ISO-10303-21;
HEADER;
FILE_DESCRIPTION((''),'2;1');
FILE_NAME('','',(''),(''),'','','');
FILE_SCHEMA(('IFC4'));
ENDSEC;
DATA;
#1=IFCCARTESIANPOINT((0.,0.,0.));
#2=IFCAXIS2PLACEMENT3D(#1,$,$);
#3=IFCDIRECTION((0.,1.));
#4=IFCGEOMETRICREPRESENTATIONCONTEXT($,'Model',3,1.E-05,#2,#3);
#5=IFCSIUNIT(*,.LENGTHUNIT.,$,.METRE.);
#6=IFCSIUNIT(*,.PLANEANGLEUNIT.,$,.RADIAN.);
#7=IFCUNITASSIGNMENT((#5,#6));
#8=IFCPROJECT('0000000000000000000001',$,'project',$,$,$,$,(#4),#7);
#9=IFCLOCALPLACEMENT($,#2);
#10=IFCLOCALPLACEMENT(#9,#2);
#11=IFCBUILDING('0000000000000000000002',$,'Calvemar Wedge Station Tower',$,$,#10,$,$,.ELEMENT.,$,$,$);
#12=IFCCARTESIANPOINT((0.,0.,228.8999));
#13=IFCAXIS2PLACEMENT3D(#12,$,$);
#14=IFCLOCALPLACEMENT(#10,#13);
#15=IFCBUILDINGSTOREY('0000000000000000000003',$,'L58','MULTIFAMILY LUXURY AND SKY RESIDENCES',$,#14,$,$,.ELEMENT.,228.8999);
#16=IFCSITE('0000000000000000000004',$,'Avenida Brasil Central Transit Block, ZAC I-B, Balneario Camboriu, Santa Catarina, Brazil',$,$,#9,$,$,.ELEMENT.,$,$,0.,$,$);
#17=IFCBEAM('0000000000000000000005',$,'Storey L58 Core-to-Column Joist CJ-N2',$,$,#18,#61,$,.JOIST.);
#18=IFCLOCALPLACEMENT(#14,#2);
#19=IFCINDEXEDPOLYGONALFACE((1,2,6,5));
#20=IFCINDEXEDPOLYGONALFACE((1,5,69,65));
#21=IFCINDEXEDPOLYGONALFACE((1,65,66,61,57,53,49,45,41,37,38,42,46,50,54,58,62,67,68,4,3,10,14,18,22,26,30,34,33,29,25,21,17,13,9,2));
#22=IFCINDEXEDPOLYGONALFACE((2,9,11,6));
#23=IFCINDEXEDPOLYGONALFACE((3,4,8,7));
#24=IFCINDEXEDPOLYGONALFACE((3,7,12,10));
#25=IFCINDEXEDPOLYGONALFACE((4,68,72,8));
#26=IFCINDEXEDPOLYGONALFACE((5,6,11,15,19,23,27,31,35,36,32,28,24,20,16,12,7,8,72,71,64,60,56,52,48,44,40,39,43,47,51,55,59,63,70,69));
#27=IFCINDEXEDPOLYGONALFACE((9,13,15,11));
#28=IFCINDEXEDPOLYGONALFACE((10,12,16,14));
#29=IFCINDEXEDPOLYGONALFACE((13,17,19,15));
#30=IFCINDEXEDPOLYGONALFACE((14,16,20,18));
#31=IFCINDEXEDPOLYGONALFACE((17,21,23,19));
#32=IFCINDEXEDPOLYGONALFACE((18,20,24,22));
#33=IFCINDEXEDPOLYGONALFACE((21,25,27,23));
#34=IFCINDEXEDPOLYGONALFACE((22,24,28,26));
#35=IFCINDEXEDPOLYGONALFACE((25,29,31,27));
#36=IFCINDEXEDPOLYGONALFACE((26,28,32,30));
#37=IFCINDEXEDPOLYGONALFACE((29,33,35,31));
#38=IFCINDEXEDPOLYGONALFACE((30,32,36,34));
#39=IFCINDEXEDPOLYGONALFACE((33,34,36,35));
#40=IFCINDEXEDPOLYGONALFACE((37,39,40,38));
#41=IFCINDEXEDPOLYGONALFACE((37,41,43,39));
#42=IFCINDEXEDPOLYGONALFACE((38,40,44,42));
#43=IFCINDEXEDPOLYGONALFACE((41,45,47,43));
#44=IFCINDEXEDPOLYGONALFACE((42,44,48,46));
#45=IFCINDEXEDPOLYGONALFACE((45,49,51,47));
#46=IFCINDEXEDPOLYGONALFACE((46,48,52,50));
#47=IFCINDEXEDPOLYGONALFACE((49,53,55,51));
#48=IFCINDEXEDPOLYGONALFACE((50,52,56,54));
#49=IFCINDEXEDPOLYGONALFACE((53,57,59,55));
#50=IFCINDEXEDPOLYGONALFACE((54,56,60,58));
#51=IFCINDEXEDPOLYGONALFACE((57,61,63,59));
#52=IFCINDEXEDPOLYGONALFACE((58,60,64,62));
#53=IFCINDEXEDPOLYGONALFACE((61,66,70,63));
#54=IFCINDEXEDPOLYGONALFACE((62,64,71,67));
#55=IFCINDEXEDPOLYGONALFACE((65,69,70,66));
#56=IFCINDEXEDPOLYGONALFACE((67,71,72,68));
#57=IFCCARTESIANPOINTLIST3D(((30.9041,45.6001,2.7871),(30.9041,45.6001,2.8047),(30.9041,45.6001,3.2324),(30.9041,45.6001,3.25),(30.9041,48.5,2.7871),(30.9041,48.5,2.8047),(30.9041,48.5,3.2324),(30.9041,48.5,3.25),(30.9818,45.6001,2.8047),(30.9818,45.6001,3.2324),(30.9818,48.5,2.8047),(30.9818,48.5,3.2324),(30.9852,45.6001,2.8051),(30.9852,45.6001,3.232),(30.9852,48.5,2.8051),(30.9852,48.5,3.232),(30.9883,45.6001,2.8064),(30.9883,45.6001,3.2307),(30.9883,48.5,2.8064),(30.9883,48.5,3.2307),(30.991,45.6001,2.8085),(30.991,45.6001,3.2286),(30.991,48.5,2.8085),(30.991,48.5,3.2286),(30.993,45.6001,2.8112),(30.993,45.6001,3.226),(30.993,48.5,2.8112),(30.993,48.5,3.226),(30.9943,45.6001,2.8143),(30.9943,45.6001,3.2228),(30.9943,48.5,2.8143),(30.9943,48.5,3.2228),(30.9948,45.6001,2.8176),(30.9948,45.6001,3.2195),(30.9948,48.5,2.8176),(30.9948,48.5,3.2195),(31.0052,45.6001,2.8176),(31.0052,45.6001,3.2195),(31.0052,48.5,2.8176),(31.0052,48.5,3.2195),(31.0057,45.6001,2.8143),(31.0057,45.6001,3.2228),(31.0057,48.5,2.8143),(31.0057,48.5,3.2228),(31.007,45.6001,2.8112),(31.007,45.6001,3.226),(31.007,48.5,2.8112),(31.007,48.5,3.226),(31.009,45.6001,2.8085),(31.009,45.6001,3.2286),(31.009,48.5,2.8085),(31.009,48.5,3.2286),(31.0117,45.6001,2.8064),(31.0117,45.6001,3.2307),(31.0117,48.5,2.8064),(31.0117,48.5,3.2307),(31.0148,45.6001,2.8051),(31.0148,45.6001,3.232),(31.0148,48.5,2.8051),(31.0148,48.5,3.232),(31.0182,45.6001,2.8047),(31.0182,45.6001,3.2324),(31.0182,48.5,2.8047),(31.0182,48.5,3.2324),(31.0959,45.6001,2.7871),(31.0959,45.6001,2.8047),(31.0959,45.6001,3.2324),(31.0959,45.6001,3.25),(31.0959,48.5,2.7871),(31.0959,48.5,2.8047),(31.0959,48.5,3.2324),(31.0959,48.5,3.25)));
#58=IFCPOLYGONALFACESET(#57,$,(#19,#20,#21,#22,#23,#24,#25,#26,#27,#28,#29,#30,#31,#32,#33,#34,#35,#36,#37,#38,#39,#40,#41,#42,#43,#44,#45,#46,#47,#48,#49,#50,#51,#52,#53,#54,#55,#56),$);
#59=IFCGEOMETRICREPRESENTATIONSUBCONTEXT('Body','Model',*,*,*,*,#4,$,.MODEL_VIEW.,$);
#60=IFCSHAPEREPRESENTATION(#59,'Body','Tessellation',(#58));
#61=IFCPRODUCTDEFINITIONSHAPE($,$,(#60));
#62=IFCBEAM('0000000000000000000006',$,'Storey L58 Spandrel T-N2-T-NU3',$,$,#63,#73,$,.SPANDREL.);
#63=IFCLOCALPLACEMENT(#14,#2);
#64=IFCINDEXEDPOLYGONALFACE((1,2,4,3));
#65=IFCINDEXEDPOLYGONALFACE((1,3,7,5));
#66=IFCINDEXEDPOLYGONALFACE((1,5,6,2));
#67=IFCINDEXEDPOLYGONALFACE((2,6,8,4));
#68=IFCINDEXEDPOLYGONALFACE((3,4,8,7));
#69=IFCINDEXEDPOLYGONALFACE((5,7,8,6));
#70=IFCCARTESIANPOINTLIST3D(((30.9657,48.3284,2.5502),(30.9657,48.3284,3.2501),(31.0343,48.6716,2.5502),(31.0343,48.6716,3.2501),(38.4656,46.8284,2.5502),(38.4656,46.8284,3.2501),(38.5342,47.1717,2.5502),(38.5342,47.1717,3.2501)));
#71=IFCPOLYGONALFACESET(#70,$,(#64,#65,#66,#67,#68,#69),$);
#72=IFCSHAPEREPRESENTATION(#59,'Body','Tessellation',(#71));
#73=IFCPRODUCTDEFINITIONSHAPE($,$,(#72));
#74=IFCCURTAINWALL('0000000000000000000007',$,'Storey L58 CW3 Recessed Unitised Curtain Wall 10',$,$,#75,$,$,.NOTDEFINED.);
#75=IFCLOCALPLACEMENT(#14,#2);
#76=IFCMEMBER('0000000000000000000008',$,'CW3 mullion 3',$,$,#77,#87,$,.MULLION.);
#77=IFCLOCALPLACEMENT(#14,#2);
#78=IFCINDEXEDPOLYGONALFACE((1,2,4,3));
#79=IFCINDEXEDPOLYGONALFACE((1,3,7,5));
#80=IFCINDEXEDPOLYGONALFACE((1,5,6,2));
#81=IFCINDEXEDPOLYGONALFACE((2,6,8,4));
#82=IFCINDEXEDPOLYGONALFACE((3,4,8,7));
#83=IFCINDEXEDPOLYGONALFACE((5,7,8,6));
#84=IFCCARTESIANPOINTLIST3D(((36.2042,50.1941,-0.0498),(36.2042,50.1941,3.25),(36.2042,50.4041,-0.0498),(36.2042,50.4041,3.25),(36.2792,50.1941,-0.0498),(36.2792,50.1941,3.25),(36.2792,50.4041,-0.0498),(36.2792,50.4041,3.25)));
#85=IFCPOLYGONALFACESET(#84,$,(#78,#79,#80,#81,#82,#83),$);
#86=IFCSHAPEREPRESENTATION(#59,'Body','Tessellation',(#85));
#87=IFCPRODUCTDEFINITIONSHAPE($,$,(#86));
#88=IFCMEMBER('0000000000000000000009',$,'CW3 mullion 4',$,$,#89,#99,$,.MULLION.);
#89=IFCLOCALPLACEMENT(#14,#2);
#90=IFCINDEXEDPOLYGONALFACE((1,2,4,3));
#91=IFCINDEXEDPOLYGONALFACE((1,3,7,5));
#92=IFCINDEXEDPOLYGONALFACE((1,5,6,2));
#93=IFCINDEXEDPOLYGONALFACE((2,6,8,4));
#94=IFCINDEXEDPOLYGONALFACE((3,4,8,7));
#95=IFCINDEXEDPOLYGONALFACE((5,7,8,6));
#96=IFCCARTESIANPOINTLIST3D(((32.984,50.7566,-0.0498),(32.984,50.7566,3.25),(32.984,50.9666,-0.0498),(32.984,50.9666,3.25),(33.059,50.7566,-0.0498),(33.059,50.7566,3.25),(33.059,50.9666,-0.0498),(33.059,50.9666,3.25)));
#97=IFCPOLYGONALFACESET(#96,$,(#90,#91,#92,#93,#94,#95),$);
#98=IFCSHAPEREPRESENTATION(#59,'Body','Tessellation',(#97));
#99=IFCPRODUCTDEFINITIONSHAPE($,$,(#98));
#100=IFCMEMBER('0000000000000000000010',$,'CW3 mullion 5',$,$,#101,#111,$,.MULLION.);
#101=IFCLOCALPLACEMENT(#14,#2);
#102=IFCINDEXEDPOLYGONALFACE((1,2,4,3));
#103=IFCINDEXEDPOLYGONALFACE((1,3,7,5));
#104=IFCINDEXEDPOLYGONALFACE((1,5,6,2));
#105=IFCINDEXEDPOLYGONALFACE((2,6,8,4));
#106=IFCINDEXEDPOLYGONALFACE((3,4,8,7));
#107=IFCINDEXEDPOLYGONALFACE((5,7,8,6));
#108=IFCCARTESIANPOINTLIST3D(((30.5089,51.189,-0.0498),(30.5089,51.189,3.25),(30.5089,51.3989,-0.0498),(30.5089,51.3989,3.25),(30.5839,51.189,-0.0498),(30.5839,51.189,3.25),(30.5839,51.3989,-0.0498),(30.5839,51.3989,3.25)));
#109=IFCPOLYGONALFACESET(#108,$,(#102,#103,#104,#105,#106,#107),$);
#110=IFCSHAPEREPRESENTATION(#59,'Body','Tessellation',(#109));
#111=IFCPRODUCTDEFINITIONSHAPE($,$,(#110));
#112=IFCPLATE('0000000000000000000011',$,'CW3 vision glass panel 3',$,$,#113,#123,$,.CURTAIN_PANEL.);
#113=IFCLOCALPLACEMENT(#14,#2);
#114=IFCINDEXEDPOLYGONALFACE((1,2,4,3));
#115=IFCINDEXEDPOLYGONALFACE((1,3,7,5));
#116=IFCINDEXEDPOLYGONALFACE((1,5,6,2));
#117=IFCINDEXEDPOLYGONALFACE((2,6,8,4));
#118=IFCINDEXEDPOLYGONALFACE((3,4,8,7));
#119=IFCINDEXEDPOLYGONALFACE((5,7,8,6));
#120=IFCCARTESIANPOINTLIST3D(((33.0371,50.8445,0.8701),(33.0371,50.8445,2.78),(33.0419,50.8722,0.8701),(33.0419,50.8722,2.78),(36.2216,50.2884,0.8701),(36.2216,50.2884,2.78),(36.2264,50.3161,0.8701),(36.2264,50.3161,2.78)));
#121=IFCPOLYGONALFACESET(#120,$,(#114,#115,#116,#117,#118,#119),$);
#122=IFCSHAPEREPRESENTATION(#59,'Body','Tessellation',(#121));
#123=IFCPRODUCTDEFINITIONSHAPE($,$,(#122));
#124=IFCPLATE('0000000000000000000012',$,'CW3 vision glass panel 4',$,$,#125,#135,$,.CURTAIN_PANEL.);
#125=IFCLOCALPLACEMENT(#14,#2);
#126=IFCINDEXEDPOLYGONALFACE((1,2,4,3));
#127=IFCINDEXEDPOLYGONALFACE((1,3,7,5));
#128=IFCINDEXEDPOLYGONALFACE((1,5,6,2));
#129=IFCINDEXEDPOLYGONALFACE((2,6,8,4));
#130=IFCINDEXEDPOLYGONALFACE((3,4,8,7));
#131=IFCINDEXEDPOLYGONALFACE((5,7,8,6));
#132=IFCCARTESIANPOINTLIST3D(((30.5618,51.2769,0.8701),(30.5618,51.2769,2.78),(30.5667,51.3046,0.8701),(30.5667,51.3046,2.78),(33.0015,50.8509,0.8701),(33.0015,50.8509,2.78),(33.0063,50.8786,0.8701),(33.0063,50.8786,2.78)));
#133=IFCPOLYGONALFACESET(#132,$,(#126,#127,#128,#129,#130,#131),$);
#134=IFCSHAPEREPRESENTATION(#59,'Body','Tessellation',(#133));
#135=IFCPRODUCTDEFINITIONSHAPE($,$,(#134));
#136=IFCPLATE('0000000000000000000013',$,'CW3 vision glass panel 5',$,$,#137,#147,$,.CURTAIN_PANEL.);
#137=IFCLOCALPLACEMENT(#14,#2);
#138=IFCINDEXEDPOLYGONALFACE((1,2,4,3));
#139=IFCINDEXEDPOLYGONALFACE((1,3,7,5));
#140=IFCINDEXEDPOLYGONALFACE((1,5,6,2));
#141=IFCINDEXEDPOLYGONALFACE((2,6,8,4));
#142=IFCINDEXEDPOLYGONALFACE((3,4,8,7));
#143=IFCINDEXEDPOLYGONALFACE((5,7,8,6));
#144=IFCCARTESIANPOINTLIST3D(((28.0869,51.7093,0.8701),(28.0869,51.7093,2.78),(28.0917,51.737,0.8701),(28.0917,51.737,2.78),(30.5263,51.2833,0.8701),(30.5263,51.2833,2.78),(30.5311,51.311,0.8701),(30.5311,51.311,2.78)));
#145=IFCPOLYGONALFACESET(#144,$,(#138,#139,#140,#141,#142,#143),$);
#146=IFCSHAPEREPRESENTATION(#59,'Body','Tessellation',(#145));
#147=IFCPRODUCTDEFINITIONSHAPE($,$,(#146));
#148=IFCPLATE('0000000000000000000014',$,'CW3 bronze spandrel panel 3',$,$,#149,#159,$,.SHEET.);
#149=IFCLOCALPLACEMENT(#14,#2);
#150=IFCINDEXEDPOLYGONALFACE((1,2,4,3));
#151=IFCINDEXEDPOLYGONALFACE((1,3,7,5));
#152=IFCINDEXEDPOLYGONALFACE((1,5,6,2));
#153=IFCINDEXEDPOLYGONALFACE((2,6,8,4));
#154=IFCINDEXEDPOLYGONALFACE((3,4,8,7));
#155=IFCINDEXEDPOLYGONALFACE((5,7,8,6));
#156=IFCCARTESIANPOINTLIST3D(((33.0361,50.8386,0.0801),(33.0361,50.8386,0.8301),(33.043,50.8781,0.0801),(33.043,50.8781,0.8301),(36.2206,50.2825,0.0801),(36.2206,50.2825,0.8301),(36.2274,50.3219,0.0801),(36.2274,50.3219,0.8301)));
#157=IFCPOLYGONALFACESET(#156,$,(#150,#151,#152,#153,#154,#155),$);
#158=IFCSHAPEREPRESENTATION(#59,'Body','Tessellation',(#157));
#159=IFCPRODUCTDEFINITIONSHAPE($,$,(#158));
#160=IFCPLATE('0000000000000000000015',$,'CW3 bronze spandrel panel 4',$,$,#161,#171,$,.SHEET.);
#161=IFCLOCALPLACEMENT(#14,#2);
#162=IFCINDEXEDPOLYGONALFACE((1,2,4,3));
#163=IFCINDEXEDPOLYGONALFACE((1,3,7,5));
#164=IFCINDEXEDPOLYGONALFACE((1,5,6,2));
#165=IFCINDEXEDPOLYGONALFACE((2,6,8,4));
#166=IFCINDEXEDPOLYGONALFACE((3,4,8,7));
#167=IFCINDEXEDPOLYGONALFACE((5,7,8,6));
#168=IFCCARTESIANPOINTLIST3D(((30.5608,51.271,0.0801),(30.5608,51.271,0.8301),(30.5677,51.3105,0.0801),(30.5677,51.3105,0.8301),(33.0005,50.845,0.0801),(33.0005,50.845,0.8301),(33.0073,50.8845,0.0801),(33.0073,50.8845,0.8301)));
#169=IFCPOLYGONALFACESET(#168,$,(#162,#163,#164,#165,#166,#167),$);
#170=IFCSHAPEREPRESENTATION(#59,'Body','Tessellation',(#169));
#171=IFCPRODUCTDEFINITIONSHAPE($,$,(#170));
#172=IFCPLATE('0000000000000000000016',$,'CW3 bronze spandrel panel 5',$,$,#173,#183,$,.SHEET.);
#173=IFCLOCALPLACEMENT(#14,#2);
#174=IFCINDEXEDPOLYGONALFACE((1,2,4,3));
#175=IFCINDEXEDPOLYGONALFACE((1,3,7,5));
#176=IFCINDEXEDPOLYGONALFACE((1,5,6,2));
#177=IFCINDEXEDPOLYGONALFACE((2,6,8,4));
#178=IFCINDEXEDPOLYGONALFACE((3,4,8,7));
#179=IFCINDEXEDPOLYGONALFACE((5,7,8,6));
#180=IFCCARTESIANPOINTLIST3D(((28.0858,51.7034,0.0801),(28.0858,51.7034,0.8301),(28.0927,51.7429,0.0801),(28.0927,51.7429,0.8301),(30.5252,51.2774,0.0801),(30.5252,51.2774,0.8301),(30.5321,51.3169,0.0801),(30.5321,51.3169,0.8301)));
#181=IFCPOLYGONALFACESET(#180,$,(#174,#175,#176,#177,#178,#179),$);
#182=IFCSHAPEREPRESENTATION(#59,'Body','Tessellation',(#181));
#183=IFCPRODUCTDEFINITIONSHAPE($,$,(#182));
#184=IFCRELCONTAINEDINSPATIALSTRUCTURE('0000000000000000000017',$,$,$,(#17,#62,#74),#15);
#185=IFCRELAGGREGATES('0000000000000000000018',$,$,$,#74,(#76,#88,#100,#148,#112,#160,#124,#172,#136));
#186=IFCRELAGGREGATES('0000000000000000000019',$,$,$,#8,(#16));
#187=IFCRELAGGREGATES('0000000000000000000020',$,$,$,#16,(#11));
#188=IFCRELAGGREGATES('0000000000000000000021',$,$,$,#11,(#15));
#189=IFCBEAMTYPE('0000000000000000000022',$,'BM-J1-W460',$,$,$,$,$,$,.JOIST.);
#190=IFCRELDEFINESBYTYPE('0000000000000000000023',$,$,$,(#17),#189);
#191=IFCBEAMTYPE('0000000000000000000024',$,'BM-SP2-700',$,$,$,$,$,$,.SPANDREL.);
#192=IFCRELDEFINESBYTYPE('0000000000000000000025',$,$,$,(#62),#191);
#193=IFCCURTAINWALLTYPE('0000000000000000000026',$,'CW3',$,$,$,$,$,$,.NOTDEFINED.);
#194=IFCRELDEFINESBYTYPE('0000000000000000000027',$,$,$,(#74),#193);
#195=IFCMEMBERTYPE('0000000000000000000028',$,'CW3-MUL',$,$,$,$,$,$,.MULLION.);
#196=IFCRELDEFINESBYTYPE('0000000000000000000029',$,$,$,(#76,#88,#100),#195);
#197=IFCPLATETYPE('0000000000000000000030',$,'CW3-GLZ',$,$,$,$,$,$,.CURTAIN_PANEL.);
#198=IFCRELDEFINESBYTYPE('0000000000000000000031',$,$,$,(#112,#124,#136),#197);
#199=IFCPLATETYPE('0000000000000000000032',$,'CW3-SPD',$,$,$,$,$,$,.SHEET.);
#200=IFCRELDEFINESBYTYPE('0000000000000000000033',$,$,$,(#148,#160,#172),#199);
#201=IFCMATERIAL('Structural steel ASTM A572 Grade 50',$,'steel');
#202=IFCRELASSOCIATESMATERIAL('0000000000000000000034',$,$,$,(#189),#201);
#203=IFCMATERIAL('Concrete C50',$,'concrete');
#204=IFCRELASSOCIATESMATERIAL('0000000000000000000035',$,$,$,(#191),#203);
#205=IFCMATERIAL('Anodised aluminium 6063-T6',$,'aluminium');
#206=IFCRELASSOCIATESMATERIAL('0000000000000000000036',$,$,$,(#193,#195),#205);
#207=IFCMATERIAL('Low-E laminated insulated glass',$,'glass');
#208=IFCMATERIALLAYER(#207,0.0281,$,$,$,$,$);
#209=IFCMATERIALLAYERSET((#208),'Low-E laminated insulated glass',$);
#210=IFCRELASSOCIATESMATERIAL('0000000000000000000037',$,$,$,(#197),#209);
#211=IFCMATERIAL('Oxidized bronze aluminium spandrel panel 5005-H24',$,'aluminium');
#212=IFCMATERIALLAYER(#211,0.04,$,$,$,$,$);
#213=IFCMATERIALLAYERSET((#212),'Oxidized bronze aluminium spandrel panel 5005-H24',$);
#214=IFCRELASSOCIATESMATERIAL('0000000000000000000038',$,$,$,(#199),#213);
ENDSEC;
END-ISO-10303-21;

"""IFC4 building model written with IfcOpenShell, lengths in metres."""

from ifc_helpers import new_model, si_unit, direction, frame, frame_2d, origin, origin_2d, place, context, subcontext, project, spatial, rectangle, i_section, extrude, source, transform, mapped, material, layer, layer_set, material_profile, profile_set, type_object, element, aggregate, save


model = new_model("IFC4")

# Units and contexts
model_context = context("Model", 3, precision=1e-05, world=origin(), true_north=direction((0.0, 1.0)))
body_context = subcontext(model_context, "Body", "Model", "MODEL_VIEW")
ifc_project = project(units=[si_unit("LENGTHUNIT", "METRE"), si_unit("PLANEANGLEUNIT", "RADIAN")], contexts=[model_context])

# Site, building, storey
site_placement = place(None, origin())
site = spatial("IfcSite", under=ifc_project, at=site_placement, Name="Avenida Brasil Central Transit Block, ZAC I-B, Balneario Camboriu, Santa Catarina, Brazil", CompositionType="ELEMENT", RefElevation=0.0)
building_placement = place(site_placement, origin())
building = spatial("IfcBuilding", under=site, at=building_placement, Name="Calvemar Wedge Station Tower", CompositionType="ELEMENT")
storey_placement = place(building_placement, frame((0.0, 0.0, 228.8999)))
storey = spatial("IfcBuildingStorey", under=building, at=storey_placement, Name="L58", Description="MULTIFAMILY LUXURY AND SKY RESIDENCES", CompositionType="ELEMENT", Elevation=228.8999)

# Shared definitions
ifc_material_1 = material(Name="Concrete C50", Category="concrete")
ifc_material_2 = material(Name="Structural steel ASTM A572 Grade 50", Category="steel")

# Beams
ifc_material_profile_1 = material_profile(ifc_material_2, i_section(OverallWidth=0.1919, OverallDepth=0.4629, WebThickness=0.0105, FlangeThickness=0.0176, FilletRadius=0.0129, at=origin_2d()), Name="W460x89")
ifc_profile_set_1 = profile_set([ifc_material_profile_1], Name="Structural steel ASTM A572 Grade 50")
beam_type_1 = type_object("IfcBeamType", Name="BM-J1-W460", PredefinedType="JOIST", material=ifc_profile_set_1)
shared_shape_1 = source(origin(), body_context, "Body", "SweptSolid", [
    extrude(i_section(OverallWidth=0.1919, OverallDepth=0.4629, WebThickness=0.0105, FlangeThickness=0.0176, FilletRadius=0.0129, at=origin_2d()), origin(), (0.0, 0.0, 1.0), 2.8999),
])
beam_1_placement = place(storey_placement, frame((31.0, 45.6001, 3.0186), z_axis=(0.0, 1.0, 0.0), x_axis=(-1.0, 0.0, 0.0)))
element("IfcBeam", 1, at=beam_1_placement, inside=storey, type_object=beam_type_1, Name="Storey L58 Core-to-Column Joist CJ-N2", PredefinedType="JOIST", context=body_context, shape_type="MappedRepresentation", body=[
    mapped(shared_shape_1, transform((0.0, 0.0, 0.0), scale=1.0)),
])
ifc_material_profile_2 = material_profile(ifc_material_1, rectangle(XDim=0.3501, YDim=0.7, at=origin_2d()), Name="RC350x700")
ifc_profile_set_2 = profile_set([ifc_material_profile_2], Name="Concrete C50")
beam_type_2 = type_object("IfcBeamType", Name="BM-SP2-700", PredefinedType="SPANDREL", material=ifc_profile_set_2)
shared_shape_2 = source(origin(), body_context, "Body", "SweptSolid", [
    extrude(rectangle(XDim=0.3501, YDim=0.7, at=origin_2d()), origin(), (0.0, 0.0, 1.0), 7.6484),
])
beam_2_placement = place(storey_placement, frame((31.0, 48.5, 2.9001), z_axis=(0.980581, -0.196116, 0.0), x_axis=(0.196116, 0.980581, 0.0)))
element("IfcBeam", 2, at=beam_2_placement, inside=storey, type_object=beam_type_2, Name="Storey L58 Spandrel T-N2-T-NU3", PredefinedType="SPANDREL", context=body_context, shape_type="MappedRepresentation", body=[
    mapped(shared_shape_2, transform((0.0, 0.0, 0.0), scale=1.0)),
])

# Curtain wall, members, plates
ifc_material_3 = material(Name="Anodised aluminium 6063-T6", Category="aluminium")
curtain_wall_type = type_object("IfcCurtainWallType", Name="CW3", PredefinedType="NOTDEFINED", material=ifc_material_3)
curtain_wall_placement = place(storey_placement, origin())
curtain_wall = element("IfcCurtainWall", 3, at=curtain_wall_placement, inside=storey, type_object=curtain_wall_type, Name="Storey L58 CW3 Recessed Unitised Curtain Wall 10", PredefinedType="NOTDEFINED")
ifc_material_profile_3 = material_profile(ifc_material_3, rectangle(XDim=0.075, YDim=0.21, at=origin_2d()), Name="AL-MUL-75x210")
ifc_profile_set_3 = profile_set([ifc_material_profile_3], Name="Anodised aluminium 6063-T6")
member_type = type_object("IfcMemberType", Name="CW3-MUL", PredefinedType="MULLION", material=ifc_profile_set_3)
shared_shape_3 = source(origin(), body_context, "Body", "SweptSolid", [
    extrude(rectangle(XDim=0.075, YDim=0.21, at=origin_2d()), origin(), (0.0, 0.0, 1.0), 3.2998),
])
member_1_placement = place(storey_placement, frame((36.2417, 50.2991, -0.0498), z_axis=(0.0, 0.0, 1.0), x_axis=(1.0, 0.0, 0.0)))
member_1 = element("IfcMember", 4, at=member_1_placement, type_object=member_type, Name="CW3 mullion 3", PredefinedType="MULLION", context=body_context, shape_type="MappedRepresentation", body=[
    mapped(shared_shape_3, transform((0.0, 0.0, 0.0), scale=1.0)),
])
member_2_placement = place(storey_placement, frame((33.0215, 50.8616, -0.0498), z_axis=(0.0, 0.0, 1.0), x_axis=(1.0, 0.0, 0.0)))
member_2 = element("IfcMember", 5, at=member_2_placement, type_object=member_type, Name="CW3 mullion 4", PredefinedType="MULLION", context=body_context, shape_type="MappedRepresentation", body=[
    mapped(shared_shape_3, transform((0.0, 0.0, 0.0), scale=1.0)),
])
member_3_placement = place(storey_placement, frame((30.5464, 51.2939, -0.0498), z_axis=(0.0, 0.0, 1.0), x_axis=(1.0, 0.0, 0.0)))
member_3 = element("IfcMember", 6, at=member_3_placement, type_object=member_type, Name="CW3 mullion 5", PredefinedType="MULLION", context=body_context, shape_type="MappedRepresentation", body=[
    mapped(shared_shape_3, transform((0.0, 0.0, 0.0), scale=1.0)),
])
ifc_material_4 = material(Name="Low-E laminated insulated glass", Category="glass")
ifc_layer_1 = layer(ifc_material_4, 0.0281)
ifc_layer_set_1 = layer_set([ifc_layer_1], Name="Low-E laminated insulated glass")
plate_type_1 = type_object("IfcPlateType", Name="CW3-GLZ", PredefinedType="CURTAIN_PANEL", material=ifc_layer_set_1)
plate_1_placement = place(storey_placement, frame((36.2239, 50.3022, 0.8701), z_axis=(0.0, 0.0, 1.0), x_axis=(-0.985091, 0.172036, 0.0)))
plate_1 = element("IfcPlate", 7, at=plate_1_placement, type_object=plate_type_1, Name="CW3 vision glass panel 3", PredefinedType="CURTAIN_PANEL", context=body_context, shape_type="SweptSolid", body=[
    extrude(rectangle(XDim=3.2327, YDim=0.0281, at=frame_2d((1.6162, 0.0))), origin(), (0.0, 0.0, 1.0), 1.9099),
])
plate_2_placement = place(storey_placement, frame((33.0039, 50.8647, 0.8701), z_axis=(0.0, 0.0, 1.0), x_axis=(-0.985094, 0.172019, 0.0)))
plate_2 = element("IfcPlate", 8, at=plate_2_placement, type_object=plate_type_1, Name="CW3 vision glass panel 4", PredefinedType="CURTAIN_PANEL", context=body_context, shape_type="SweptSolid", body=[
    extrude(rectangle(XDim=2.4766, YDim=0.0281, at=frame_2d((1.2383, 0.0))), origin(), (0.0, 0.0, 1.0), 1.9099),
])
plate_3_placement = place(storey_placement, frame((30.5288, 51.2971, 0.8701), z_axis=(0.0, 0.0, 1.0), x_axis=(-0.985091, 0.172036, 0.0)))
plate_3 = element("IfcPlate", 9, at=plate_3_placement, type_object=plate_type_1, Name="CW3 vision glass panel 5", PredefinedType="CURTAIN_PANEL", context=body_context, shape_type="SweptSolid", body=[
    extrude(rectangle(XDim=2.4763, YDim=0.0281, at=frame_2d((1.2383, 0.0))), origin(), (0.0, 0.0, 1.0), 1.9099),
])
ifc_material_5 = material(Name="Oxidized bronze aluminium spandrel panel 5005-H24", Category="aluminium")
ifc_layer_2 = layer(ifc_material_5, 0.04)
ifc_layer_set_2 = layer_set([ifc_layer_2], Name="Oxidized bronze aluminium spandrel panel 5005-H24")
plate_type_2 = type_object("IfcPlateType", Name="CW3-SPD", PredefinedType="SHEET", material=ifc_layer_set_2)
plate_4_placement = place(storey_placement, frame((36.2239, 50.3022, 0.0801), z_axis=(0.0, 0.0, 1.0), x_axis=(-0.985091, 0.172036, 0.0)))
plate_4 = element("IfcPlate", 10, at=plate_4_placement, type_object=plate_type_2, Name="CW3 bronze spandrel panel 3", PredefinedType="SHEET", context=body_context, shape_type="SweptSolid", body=[
    extrude(rectangle(XDim=3.2327, YDim=0.04, at=frame_2d((1.6162, 0.0))), origin(), (0.0, 0.0, 1.0), 0.75),
])
plate_5_placement = place(storey_placement, frame((33.0039, 50.8647, 0.0801), z_axis=(0.0, 0.0, 1.0), x_axis=(-0.985094, 0.172019, 0.0)))
plate_5 = element("IfcPlate", 11, at=plate_5_placement, type_object=plate_type_2, Name="CW3 bronze spandrel panel 4", PredefinedType="SHEET", context=body_context, shape_type="SweptSolid", body=[
    extrude(rectangle(XDim=2.4766, YDim=0.04, at=frame_2d((1.2383, 0.0))), origin(), (0.0, 0.0, 1.0), 0.75),
])
plate_6_placement = place(storey_placement, frame((30.5288, 51.2971, 0.0801), z_axis=(0.0, 0.0, 1.0), x_axis=(-0.985091, 0.172036, 0.0)))
plate_6 = element("IfcPlate", 12, at=plate_6_placement, type_object=plate_type_2, Name="CW3 bronze spandrel panel 5", PredefinedType="SHEET", context=body_context, shape_type="SweptSolid", body=[
    extrude(rectangle(XDim=2.4763, YDim=0.04, at=frame_2d((1.2383, 0.0))), origin(), (0.0, 0.0, 1.0), 0.75),
])
aggregate(curtain_wall, [member_1, member_2, member_3, plate_4, plate_1, plate_5, plate_2, plate_6, plate_3])

save(model, "model.ifc")
